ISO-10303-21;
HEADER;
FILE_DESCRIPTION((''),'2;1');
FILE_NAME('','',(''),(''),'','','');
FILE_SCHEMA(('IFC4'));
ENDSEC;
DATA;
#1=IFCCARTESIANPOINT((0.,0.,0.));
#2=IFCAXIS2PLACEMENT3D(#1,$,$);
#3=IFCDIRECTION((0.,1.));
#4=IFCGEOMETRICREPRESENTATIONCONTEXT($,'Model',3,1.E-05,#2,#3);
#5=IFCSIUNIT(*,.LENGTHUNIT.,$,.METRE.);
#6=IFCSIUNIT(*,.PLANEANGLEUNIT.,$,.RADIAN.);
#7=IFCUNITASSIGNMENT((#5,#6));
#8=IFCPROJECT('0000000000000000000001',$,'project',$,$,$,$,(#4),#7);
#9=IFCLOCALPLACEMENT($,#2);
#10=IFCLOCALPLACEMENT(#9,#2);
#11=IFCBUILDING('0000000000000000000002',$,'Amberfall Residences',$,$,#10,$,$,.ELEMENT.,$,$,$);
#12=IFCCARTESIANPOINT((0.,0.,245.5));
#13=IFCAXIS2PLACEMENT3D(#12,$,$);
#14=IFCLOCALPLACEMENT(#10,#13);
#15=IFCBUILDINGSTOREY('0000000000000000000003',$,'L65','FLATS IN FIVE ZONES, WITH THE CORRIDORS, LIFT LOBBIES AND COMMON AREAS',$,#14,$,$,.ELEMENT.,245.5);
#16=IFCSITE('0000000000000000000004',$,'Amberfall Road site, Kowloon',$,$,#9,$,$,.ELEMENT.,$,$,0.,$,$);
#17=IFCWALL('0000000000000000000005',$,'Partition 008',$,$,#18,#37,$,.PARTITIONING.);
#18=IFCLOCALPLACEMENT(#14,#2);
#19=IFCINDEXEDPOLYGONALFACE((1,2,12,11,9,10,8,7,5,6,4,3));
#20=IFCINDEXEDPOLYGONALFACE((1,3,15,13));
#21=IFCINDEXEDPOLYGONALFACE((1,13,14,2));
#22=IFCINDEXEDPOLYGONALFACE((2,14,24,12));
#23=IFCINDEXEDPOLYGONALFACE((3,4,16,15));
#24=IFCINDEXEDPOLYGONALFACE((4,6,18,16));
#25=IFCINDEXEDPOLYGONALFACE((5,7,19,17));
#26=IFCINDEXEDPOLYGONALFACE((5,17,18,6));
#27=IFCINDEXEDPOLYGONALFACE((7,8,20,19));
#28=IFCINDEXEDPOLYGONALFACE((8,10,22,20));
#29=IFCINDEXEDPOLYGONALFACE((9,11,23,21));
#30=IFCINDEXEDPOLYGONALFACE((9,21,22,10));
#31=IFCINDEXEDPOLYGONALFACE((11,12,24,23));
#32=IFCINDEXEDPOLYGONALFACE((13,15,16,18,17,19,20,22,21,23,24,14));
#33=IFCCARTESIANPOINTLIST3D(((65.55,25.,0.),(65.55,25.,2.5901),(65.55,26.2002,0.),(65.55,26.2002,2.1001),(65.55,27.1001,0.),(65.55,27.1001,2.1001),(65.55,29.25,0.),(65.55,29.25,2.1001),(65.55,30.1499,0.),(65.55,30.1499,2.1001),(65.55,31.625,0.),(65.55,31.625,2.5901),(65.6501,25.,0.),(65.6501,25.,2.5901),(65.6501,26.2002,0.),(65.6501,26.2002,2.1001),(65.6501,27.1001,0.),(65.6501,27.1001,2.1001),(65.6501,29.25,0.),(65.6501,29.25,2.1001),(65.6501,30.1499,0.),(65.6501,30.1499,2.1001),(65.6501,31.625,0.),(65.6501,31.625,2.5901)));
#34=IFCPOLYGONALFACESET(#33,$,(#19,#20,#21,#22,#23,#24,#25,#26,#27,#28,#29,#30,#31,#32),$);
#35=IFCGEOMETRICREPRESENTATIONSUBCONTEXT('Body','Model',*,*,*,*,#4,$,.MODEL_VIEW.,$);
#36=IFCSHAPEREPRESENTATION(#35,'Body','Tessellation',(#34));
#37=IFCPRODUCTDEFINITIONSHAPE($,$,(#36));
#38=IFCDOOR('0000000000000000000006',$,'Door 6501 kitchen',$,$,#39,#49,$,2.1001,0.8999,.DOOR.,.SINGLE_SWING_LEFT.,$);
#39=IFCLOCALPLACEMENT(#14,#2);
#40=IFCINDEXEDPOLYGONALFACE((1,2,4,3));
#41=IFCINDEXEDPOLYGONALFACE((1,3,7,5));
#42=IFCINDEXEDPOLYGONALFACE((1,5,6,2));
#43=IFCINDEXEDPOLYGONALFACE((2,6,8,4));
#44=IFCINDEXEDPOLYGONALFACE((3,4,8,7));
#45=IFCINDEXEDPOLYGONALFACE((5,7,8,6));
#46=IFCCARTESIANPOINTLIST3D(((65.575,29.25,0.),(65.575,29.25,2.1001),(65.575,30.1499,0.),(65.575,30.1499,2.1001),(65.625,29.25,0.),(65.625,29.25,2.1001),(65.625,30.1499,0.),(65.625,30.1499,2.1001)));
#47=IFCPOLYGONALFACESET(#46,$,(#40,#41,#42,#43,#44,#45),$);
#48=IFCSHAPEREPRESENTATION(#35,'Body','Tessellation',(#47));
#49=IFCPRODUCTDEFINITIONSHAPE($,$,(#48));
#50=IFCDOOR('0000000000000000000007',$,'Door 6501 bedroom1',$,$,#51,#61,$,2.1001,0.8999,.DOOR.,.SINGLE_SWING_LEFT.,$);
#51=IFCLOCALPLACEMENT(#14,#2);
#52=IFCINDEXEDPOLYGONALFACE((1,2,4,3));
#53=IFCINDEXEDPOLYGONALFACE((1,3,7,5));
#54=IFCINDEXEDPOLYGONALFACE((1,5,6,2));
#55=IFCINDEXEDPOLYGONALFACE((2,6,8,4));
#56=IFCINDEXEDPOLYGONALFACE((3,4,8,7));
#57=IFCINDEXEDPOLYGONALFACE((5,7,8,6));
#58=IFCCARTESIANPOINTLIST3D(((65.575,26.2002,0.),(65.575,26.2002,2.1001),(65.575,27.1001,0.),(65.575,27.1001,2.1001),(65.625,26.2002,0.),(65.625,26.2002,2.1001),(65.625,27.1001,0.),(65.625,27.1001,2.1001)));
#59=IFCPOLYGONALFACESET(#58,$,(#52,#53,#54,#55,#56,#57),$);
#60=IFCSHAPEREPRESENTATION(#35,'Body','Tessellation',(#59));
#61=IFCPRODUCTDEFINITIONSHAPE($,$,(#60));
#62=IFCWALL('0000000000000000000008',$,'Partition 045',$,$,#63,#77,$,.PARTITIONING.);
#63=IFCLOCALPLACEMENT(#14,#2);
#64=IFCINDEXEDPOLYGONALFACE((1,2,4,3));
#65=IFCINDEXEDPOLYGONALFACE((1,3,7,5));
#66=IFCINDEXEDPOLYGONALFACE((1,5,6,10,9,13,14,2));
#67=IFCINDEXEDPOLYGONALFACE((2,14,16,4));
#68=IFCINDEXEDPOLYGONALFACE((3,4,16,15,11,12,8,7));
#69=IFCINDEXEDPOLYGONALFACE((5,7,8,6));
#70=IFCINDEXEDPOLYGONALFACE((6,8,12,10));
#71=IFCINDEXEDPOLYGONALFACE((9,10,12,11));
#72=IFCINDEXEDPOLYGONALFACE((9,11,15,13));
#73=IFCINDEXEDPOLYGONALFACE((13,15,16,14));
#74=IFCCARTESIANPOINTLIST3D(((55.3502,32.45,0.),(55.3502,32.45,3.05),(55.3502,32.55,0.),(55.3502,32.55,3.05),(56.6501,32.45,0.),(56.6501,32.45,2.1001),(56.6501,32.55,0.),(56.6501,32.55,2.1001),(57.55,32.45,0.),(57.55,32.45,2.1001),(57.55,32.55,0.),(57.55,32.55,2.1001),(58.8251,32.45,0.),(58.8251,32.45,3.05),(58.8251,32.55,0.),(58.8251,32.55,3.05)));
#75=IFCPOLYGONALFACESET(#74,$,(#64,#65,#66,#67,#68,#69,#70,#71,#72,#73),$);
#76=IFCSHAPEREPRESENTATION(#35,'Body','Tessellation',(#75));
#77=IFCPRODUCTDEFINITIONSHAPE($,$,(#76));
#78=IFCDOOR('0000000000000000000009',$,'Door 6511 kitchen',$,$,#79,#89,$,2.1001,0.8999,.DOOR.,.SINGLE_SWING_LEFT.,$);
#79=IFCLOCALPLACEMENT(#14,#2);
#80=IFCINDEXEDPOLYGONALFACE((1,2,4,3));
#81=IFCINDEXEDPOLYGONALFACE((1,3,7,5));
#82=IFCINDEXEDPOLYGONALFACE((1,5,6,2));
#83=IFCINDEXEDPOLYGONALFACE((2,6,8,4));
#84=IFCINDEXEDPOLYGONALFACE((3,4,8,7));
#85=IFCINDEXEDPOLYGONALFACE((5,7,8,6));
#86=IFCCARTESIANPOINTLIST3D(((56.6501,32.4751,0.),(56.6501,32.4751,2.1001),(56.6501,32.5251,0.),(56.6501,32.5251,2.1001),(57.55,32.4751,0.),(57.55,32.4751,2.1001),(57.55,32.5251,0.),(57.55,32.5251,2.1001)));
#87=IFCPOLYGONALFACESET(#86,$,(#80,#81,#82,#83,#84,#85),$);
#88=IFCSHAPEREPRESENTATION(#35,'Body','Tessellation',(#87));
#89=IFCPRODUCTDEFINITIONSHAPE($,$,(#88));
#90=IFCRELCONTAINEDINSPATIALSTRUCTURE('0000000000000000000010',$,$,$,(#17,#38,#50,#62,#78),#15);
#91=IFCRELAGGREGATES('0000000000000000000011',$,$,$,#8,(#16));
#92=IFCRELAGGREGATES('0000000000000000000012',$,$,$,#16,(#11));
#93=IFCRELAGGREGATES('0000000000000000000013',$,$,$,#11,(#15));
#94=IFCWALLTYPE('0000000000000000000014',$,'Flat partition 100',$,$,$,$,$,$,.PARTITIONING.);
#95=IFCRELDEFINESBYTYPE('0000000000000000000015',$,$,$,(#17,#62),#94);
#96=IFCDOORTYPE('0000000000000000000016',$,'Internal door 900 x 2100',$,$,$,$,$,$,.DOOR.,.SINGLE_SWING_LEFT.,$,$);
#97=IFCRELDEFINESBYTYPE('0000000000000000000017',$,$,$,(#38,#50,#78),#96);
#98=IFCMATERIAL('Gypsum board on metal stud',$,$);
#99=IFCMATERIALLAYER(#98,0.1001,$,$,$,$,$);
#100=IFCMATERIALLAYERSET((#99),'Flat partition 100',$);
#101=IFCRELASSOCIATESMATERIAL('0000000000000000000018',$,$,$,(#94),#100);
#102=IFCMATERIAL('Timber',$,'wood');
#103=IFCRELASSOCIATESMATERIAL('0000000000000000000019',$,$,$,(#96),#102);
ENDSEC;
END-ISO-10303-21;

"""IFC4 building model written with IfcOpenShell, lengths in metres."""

from ifc_helpers import new_model, si_unit, direction, frame, frame_2d, origin, place, context, subcontext, project, spatial, rectangle, extrude, material, layer, layer_set, type_object, element, fill, save


model = new_model("IFC4")

# Units and contexts
model_context = context("Model", 3, precision=1e-05, world=origin(), true_north=direction((0.0, 1.0)))
body_context = subcontext(model_context, "Body", "Model", "MODEL_VIEW")
ifc_project = project(units=[si_unit("LENGTHUNIT", "METRE"), si_unit("PLANEANGLEUNIT", "RADIAN")], contexts=[model_context])

# Site, building, storey
site_placement = place(None, origin())
site = spatial("IfcSite", under=ifc_project, at=site_placement, Name="Amberfall Road site, Kowloon", CompositionType="ELEMENT", RefElevation=0.0)
building_placement = place(site_placement, origin())
building = spatial("IfcBuilding", under=site, at=building_placement, Name="Amberfall Residences", CompositionType="ELEMENT")
storey_placement = place(building_placement, frame((0.0, 0.0, 245.5)))
storey = spatial("IfcBuildingStorey", under=building, at=storey_placement, Name="L65", Description="FLATS IN FIVE ZONES, WITH THE CORRIDORS, LIFT LOBBIES AND COMMON AREAS", CompositionType="ELEMENT", Elevation=245.5)

# Wall, openings, doors
ifc_material_1 = material(Name="Gypsum board on metal stud")
ifc_layer_1 = layer(ifc_material_1, 0.1001)
ifc_layer_set_1 = layer_set([ifc_layer_1], Name="Flat partition 100")
wall_type_1 = type_object("IfcWallType", Name="Flat partition 100", PredefinedType="PARTITIONING", material=ifc_layer_set_1)
wall_1_placement = place(storey_placement, frame((65.6001, 31.625, 0.0), z_axis=(0.0, 0.0, 1.0), x_axis=(0.0, -1.0, 0.0)))
wall_1 = element("IfcWall", 1, at=wall_1_placement, inside=storey, type_object=wall_type_1, Name="Partition 008", PredefinedType="PARTITIONING", context=body_context, shape_type="SweptSolid", body=[
    extrude(rectangle(XDim=6.625, YDim=0.1001, at=frame_2d((3.3125, 0.0))), origin(), (0.0, 0.0, 1.0), 2.5901),
])
opening_1_placement = place(wall_1_placement, frame((1.4751, 0.0, 0.0)))
opening_1 = element("IfcOpeningElement", 2, at=opening_1_placement, cuts=wall_1, PredefinedType="OPENING", context=body_context, shape_type="SweptSolid", body=[
    extrude(rectangle(XDim=0.8999, YDim=2.1001, at=frame_2d((0.45, 1.05))), frame((0.0, 0.0601, 0.0), z_axis=(0.0, -1.0, 0.0), x_axis=(1.0, 0.0, 0.0)), (0.0, 0.0, 1.0), 0.1201),
])
opening_2_placement = place(wall_1_placement, frame((4.5249, 0.0, 0.0)))
opening_2 = element("IfcOpeningElement", 3, at=opening_2_placement, cuts=wall_1, PredefinedType="OPENING", context=body_context, shape_type="SweptSolid", body=[
    extrude(rectangle(XDim=0.8999, YDim=2.1001, at=frame_2d((0.45, 1.05))), frame((0.0, 0.0601, 0.0), z_axis=(0.0, -1.0, 0.0), x_axis=(1.0, 0.0, 0.0)), (0.0, 0.0, 1.0), 0.1201),
])
ifc_material_2 = material(Name="Timber", Category="wood")
door_type_1 = type_object("IfcDoorType", Name="Internal door 900 x 2100", OperationType="SINGLE_SWING_LEFT", PredefinedType="DOOR", material=ifc_material_2)
door_1_placement = place(opening_1_placement, origin())
door_1 = element("IfcDoor", 4, at=door_1_placement, inside=storey, type_object=door_type_1, Name="Door 6501 kitchen", OperationType="SINGLE_SWING_LEFT", OverallHeight=2.1001, OverallWidth=0.8999, PredefinedType="DOOR", context=body_context, shape_type="SweptSolid", body=[
    extrude(rectangle(XDim=0.8999, YDim=2.1001, at=frame_2d((0.45, 1.05))), frame((0.0, 0.0249, 0.0), z_axis=(0.0, -1.0, 0.0), x_axis=(1.0, 0.0, 0.0)), (0.0, 0.0, 1.0), 0.05),
])
fill(opening_1, door_1)
door_2_placement = place(opening_2_placement, origin())
door_2 = element("IfcDoor", 5, at=door_2_placement, inside=storey, type_object=door_type_1, Name="Door 6501 bedroom1", OperationType="SINGLE_SWING_LEFT", OverallHeight=2.1001, OverallWidth=0.8999, PredefinedType="DOOR", context=body_context, shape_type="SweptSolid", body=[
    extrude(rectangle(XDim=0.8999, YDim=2.1001, at=frame_2d((0.45, 1.05))), frame((0.0, 0.0249, 0.0), z_axis=(0.0, -1.0, 0.0), x_axis=(1.0, 0.0, 0.0)), (0.0, 0.0, 1.0), 0.05),
])
fill(opening_2, door_2)

# Wall, opening, door
wall_2_placement = place(storey_placement, frame((58.825, 32.5, 0.0), z_axis=(0.0, 0.0, 1.0), x_axis=(-1.0, 0.0, 0.0)))
wall_2 = element("IfcWall", 6, at=wall_2_placement, inside=storey, type_object=wall_type_1, Name="Partition 045", PredefinedType="PARTITIONING", context=body_context, shape_type="SweptSolid", body=[
    extrude(rectangle(XDim=3.4749, YDim=0.1001, at=frame_2d((1.7373, 0.0))), origin(), (0.0, 0.0, 1.0), 3.05),
])
opening_3_placement = place(wall_2_placement, frame((1.2749, 0.0, 0.0)))
opening_3 = element("IfcOpeningElement", 7, at=opening_3_placement, cuts=wall_2, PredefinedType="OPENING", context=body_context, shape_type="SweptSolid", body=[
    extrude(rectangle(XDim=0.8999, YDim=2.1001, at=frame_2d((0.45, 1.05))), frame((0.0, 0.0601, 0.0), z_axis=(0.0, -1.0, 0.0), x_axis=(1.0, 0.0, 0.0)), (0.0, 0.0, 1.0), 0.1201),
])
door_3_placement = place(opening_3_placement, origin())
door_3 = element("IfcDoor", 8, at=door_3_placement, inside=storey, type_object=door_type_1, Name="Door 6511 kitchen", OperationType="SINGLE_SWING_LEFT", OverallHeight=2.1001, OverallWidth=0.8999, PredefinedType="DOOR", context=body_context, shape_type="SweptSolid", body=[
    extrude(rectangle(XDim=0.8999, YDim=2.1001, at=frame_2d((0.45, 1.05))), frame((0.0, 0.0249, 0.0), z_axis=(0.0, -1.0, 0.0), x_axis=(1.0, 0.0, 0.0)), (0.0, 0.0, 1.0), 0.05),
])
fill(opening_3, door_3)

save(model, "model.ifc")
